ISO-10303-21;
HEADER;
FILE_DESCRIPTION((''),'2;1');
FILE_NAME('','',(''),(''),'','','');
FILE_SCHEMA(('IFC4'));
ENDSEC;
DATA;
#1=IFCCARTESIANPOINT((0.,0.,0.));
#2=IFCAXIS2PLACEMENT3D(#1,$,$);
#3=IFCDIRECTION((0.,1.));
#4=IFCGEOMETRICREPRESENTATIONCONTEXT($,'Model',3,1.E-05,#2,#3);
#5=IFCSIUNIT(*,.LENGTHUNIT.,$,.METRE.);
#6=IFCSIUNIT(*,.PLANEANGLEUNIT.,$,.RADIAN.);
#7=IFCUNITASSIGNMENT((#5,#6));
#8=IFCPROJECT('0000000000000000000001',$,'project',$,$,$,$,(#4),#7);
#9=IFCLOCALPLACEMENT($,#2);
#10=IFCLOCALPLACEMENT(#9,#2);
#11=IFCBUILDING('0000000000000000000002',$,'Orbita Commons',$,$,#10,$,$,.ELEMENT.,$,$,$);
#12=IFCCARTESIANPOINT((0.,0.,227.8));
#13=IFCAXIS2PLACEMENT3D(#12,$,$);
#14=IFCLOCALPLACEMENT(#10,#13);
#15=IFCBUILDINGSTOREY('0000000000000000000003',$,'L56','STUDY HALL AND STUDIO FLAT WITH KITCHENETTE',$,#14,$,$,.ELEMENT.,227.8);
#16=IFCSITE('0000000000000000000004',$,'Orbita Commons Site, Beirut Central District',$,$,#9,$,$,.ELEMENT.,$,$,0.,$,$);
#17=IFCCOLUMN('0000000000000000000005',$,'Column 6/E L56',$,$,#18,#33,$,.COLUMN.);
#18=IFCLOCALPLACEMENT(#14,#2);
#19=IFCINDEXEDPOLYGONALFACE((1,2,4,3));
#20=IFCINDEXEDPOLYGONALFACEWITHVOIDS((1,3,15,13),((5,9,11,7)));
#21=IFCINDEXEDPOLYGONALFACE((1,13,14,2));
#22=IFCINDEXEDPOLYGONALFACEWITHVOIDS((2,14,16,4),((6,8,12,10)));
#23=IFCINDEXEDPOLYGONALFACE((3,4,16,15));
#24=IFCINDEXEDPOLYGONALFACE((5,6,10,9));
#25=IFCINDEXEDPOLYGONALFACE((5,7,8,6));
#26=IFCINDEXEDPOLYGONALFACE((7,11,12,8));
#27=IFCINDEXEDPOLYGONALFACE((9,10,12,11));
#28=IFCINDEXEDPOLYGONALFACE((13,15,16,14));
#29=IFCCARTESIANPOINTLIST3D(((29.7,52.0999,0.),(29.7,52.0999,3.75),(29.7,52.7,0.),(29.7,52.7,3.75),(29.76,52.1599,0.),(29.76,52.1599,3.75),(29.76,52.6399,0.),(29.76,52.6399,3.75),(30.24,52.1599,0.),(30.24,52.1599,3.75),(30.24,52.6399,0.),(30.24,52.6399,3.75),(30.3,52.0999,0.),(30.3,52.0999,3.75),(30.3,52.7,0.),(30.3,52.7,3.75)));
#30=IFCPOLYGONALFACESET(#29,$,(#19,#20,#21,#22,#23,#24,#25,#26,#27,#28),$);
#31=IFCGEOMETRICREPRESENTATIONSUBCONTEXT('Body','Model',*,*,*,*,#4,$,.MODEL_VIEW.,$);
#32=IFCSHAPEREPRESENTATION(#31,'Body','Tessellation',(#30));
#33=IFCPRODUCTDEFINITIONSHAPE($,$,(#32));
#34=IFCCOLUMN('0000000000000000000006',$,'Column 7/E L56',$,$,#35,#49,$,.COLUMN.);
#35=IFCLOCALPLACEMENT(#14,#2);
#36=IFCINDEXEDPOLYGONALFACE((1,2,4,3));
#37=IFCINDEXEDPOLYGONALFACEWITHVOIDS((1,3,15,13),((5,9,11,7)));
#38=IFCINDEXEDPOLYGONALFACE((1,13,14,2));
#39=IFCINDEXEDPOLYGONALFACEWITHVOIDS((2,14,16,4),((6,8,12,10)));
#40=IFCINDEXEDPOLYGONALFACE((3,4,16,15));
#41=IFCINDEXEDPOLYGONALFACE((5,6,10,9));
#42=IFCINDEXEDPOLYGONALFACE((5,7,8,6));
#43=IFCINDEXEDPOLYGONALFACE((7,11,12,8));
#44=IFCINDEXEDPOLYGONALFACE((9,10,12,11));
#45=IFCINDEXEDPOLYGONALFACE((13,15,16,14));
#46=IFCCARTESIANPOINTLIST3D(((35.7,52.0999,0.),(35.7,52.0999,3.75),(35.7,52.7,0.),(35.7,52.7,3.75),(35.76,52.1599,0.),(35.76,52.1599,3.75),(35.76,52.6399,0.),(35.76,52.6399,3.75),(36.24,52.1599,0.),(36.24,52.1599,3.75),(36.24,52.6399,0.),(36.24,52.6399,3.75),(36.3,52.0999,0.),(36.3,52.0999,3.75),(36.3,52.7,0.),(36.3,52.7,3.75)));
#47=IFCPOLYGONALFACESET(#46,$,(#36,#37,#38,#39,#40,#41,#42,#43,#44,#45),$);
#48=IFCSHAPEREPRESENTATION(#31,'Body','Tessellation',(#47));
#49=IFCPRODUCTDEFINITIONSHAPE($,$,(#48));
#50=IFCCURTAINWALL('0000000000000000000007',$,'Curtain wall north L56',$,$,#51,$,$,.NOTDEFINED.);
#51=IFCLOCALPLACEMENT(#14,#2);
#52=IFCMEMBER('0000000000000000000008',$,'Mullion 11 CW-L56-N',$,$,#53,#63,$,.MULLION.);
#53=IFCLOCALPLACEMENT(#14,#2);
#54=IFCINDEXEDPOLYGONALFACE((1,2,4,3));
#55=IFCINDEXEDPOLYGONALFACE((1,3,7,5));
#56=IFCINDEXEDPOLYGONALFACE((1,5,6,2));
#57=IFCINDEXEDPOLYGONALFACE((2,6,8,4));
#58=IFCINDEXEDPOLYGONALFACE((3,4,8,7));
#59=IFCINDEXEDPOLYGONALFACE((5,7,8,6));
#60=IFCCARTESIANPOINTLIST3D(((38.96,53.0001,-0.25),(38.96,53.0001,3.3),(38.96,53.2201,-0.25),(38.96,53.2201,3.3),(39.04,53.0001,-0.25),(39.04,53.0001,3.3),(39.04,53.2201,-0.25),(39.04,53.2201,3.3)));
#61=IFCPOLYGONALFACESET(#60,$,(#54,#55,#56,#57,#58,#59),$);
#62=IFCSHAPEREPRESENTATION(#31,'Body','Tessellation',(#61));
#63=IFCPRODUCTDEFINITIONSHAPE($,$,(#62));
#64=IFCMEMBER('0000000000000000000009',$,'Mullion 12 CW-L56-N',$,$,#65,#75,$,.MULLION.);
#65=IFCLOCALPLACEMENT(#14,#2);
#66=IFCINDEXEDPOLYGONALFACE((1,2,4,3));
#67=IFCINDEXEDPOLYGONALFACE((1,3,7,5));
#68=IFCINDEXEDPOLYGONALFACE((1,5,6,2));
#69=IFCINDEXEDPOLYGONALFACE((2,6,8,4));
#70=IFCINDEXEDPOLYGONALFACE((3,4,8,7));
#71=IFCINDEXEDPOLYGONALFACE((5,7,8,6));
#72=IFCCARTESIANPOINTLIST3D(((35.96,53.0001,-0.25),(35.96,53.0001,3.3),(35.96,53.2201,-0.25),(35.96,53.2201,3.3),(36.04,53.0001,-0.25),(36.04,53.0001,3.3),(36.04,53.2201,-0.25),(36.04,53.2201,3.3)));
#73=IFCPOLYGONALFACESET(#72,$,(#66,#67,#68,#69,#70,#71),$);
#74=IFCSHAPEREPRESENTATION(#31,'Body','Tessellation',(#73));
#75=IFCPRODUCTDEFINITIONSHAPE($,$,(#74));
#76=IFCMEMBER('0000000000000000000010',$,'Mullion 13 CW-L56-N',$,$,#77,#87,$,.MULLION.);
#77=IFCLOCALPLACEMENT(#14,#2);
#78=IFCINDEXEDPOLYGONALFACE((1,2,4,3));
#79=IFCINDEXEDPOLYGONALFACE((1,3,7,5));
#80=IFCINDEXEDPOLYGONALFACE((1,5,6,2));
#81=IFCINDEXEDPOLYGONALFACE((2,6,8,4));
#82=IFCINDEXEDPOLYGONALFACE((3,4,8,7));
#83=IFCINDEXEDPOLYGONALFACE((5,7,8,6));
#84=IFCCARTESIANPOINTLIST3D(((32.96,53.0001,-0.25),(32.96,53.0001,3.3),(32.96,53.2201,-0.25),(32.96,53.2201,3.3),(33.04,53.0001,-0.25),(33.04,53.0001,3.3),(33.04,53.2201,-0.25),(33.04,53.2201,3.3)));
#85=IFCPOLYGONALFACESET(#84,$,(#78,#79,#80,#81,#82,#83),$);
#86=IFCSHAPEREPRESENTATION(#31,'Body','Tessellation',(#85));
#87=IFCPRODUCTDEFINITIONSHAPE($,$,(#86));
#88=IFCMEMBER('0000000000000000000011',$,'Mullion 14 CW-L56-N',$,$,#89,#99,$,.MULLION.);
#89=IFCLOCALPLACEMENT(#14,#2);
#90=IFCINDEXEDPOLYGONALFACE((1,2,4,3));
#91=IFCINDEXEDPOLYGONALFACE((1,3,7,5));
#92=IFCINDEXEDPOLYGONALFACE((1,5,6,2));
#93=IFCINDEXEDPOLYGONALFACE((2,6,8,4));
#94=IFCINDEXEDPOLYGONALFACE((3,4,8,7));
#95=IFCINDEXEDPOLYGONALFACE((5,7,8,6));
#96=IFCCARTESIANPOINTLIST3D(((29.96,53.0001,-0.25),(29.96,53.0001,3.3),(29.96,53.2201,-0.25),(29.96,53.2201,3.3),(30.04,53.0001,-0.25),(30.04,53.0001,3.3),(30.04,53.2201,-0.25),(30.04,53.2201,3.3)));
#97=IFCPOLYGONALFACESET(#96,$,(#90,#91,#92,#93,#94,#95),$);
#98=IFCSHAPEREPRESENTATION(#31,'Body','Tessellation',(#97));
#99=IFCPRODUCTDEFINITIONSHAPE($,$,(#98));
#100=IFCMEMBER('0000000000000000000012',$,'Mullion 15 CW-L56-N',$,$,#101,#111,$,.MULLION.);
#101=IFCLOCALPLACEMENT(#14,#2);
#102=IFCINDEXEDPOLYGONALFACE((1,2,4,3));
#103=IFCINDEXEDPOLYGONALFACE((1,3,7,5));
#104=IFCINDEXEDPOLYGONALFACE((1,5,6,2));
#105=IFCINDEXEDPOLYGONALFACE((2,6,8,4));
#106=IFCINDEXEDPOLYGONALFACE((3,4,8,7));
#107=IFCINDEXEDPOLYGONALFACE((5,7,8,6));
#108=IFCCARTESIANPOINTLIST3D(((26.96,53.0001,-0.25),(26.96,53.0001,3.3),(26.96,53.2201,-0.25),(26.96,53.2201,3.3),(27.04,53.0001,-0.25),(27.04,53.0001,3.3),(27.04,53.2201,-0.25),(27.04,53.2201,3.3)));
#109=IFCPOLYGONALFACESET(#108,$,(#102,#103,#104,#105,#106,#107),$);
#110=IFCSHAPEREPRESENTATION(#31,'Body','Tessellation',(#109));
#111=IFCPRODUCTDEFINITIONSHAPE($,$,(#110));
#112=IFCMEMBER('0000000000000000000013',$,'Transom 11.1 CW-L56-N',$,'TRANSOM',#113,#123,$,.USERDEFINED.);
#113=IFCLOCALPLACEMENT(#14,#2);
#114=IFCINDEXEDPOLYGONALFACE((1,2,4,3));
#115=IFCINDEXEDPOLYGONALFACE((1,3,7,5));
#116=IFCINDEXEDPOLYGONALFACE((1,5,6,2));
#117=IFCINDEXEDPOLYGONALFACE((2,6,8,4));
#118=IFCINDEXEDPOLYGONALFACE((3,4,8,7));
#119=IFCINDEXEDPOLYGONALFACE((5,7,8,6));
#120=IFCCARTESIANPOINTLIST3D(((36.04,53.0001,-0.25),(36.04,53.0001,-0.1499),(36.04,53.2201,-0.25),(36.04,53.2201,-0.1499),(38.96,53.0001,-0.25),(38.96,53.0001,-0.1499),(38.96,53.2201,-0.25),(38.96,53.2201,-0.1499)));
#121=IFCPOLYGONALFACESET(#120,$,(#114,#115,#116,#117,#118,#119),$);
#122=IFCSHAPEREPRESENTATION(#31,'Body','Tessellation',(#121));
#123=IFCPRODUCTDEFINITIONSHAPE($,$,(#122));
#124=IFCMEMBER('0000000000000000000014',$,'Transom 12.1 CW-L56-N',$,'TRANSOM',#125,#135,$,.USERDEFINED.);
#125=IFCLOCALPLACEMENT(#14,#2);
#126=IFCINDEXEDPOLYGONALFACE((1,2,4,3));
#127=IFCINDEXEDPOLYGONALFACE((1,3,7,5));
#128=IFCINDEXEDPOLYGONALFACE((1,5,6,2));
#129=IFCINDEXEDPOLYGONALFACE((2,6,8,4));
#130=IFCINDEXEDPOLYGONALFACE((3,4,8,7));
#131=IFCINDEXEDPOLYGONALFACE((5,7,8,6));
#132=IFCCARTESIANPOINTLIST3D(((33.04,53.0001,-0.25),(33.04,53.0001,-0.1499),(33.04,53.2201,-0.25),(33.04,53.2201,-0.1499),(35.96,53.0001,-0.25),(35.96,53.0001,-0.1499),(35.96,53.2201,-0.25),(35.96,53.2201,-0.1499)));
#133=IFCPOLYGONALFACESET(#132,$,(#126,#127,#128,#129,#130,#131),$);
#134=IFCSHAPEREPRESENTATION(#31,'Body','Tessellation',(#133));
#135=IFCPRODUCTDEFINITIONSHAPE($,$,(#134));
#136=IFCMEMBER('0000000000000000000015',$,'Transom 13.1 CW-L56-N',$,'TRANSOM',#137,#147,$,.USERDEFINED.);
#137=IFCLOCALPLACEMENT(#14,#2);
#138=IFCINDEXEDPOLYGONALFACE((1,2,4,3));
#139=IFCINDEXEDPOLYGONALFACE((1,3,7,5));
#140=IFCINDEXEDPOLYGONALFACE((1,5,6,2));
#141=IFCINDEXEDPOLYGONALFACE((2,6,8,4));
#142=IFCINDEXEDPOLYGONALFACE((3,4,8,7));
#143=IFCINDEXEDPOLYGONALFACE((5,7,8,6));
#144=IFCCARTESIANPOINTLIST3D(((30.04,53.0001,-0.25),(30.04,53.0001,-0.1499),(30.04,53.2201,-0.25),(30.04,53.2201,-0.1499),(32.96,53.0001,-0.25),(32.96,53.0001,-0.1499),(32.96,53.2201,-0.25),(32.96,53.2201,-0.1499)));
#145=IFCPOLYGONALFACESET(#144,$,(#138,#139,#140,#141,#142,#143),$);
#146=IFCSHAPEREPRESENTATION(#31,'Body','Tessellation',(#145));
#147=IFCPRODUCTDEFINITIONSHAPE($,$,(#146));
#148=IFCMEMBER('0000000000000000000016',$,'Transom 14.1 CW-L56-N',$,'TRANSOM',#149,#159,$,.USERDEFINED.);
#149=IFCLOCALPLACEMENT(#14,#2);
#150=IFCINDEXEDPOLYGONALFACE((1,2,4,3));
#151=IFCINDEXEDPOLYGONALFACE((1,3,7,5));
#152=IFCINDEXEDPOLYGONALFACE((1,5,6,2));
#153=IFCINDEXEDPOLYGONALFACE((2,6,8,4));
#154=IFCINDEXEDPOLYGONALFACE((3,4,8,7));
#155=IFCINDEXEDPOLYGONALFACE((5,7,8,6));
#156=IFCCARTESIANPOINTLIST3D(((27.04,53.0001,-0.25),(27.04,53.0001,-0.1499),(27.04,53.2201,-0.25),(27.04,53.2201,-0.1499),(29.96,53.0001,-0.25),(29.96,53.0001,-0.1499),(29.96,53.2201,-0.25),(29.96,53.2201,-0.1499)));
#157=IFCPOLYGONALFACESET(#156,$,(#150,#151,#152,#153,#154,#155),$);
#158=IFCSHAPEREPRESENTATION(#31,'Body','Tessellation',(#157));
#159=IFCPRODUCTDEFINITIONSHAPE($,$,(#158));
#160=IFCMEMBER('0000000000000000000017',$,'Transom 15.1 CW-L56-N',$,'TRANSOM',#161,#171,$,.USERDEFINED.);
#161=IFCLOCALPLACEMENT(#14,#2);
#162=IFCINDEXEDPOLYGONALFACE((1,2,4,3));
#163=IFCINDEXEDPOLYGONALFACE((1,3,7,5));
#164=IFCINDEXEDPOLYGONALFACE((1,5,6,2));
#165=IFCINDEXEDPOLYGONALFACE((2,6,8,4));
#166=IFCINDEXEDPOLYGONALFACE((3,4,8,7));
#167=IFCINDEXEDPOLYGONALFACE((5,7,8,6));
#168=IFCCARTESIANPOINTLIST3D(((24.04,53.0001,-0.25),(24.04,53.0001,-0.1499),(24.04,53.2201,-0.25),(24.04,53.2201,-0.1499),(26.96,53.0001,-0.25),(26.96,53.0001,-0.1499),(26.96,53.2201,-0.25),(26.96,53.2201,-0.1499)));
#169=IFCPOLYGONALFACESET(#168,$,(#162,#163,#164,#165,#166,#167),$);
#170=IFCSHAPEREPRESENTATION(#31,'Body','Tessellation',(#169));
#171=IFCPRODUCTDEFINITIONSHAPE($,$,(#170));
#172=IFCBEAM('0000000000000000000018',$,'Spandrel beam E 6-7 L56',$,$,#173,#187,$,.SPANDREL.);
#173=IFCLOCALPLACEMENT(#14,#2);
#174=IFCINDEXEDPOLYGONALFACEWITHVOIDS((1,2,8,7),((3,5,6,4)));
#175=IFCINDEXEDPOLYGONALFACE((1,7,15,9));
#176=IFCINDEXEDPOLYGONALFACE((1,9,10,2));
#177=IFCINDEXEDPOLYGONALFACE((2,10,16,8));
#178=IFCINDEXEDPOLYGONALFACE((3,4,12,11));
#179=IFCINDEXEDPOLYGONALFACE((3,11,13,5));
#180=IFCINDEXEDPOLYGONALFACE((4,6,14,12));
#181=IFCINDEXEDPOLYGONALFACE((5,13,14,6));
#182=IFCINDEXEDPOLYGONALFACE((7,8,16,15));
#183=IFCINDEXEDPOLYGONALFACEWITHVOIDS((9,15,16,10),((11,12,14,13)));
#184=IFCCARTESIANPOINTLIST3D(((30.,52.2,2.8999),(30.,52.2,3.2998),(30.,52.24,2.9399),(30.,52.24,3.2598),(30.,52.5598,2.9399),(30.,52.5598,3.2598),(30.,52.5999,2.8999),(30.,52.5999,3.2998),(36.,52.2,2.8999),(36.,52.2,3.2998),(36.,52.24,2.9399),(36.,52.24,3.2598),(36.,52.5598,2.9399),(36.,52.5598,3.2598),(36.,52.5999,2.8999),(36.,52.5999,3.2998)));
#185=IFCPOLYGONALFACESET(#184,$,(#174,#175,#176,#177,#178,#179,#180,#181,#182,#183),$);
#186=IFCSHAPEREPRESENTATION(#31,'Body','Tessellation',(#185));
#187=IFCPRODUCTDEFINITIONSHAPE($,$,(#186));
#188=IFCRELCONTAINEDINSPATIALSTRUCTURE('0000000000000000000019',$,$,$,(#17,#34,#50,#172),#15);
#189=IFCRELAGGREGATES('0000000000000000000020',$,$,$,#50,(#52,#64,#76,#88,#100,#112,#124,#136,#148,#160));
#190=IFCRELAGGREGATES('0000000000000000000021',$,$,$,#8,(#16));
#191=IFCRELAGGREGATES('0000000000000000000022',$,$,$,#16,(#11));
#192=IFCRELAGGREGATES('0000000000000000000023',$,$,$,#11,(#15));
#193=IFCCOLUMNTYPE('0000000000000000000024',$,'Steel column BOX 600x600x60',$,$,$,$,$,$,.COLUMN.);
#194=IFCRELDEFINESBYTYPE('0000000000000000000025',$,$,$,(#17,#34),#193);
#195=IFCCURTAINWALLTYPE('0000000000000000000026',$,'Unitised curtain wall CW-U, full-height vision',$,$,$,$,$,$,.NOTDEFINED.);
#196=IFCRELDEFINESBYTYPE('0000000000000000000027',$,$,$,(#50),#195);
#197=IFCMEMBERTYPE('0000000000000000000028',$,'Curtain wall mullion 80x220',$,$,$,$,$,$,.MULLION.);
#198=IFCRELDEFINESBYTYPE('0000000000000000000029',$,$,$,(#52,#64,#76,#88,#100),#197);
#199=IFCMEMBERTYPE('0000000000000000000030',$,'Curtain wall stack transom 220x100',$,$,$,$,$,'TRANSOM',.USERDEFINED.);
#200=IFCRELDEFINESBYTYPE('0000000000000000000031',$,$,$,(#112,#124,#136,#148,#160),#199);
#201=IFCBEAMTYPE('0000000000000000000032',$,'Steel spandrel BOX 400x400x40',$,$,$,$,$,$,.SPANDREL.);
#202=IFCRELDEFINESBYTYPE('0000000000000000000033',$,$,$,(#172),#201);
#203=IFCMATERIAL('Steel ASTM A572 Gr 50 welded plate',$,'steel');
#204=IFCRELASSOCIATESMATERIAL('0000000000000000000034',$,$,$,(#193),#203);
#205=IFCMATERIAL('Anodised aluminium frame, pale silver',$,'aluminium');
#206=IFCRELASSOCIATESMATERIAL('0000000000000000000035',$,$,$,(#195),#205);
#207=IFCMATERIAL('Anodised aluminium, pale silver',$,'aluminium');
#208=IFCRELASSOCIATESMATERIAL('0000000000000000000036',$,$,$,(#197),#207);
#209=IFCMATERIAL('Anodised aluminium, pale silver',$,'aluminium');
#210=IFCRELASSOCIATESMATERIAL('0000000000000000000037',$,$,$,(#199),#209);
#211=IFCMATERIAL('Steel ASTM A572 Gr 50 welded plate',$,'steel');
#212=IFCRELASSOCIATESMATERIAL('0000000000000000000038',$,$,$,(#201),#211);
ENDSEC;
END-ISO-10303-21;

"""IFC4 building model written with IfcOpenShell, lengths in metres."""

from ifc_helpers import new_model, si_unit, direction, frame, origin, origin_2d, place, context, subcontext, project, spatial, rectangle, hollow_rectangle, extrude, material, material_profile, profile_set, type_object, element, aggregate, save


model = new_model("IFC4")

# Units and contexts
model_context = context("Model", 3, precision=1e-05, world=origin(), true_north=direction((0.0, 1.0)))
body_context = subcontext(model_context, "Body", "Model", "MODEL_VIEW")
ifc_project = project(units=[si_unit("LENGTHUNIT", "METRE"), si_unit("PLANEANGLEUNIT", "RADIAN")], contexts=[model_context])

# Site, building, storey
site_placement = place(None, origin())
site = spatial("IfcSite", under=ifc_project, at=site_placement, Name="Orbita Commons Site, Beirut Central District", CompositionType="ELEMENT", RefElevation=0.0)
building_placement = place(site_placement, origin())
building = spatial("IfcBuilding", under=site, at=building_placement, Name="Orbita Commons", CompositionType="ELEMENT")
storey_placement = place(building_placement, frame((0.0, 0.0, 227.8)))
storey = spatial("IfcBuildingStorey", under=building, at=storey_placement, Name="L56", Description="STUDY HALL AND STUDIO FLAT WITH KITCHENETTE", CompositionType="ELEMENT", Elevation=227.8)

# Columns
ifc_material_1 = material(Name="Steel ASTM A572 Gr 50 welded plate", Category="steel")
ifc_material_profile_1 = material_profile(ifc_material_1, hollow_rectangle(XDim=0.6001, YDim=0.6001, WallThickness=0.0601, at=origin_2d()), Name="BOX 600x600x60")
ifc_profile_set_1 = profile_set([ifc_material_profile_1], Name="Steel ASTM A572 Gr 50 welded plate")
column_type = type_object("IfcColumnType", Name="Steel column BOX 600x600x60", PredefinedType="COLUMN", material=ifc_profile_set_1)
for number, where, z_axis, x_axis, name in (
    (1, (30.0, 52.3999, 0.0), (0.0, 0.0, 1.0), (1.0, 0.0, 0.0), "Column 6/E L56"),
    (2, (36.0, 52.3999, 0.0), (0.0, 0.0, 1.0), (1.0, 0.0, 0.0), "Column 7/E L56"),
):
    element("IfcColumn", number, at=place(storey_placement, frame(where, z_axis=z_axis, x_axis=x_axis)), inside=storey, type_object=column_type, Name=name, PredefinedType="COLUMN", context=body_context, shape_type="SweptSolid", body=[
        extrude(hollow_rectangle(XDim=0.6001, YDim=0.6001, WallThickness=0.0601, at=origin_2d()), origin(), (0.0, 0.0, 1.0), 3.75),
    ])

# Curtain wall, members
ifc_material_2 = material(Name="Anodised aluminium frame, pale silver", Category="aluminium")
curtain_wall_type = type_object("IfcCurtainWallType", Name="Unitised curtain wall CW-U, full-height vision", PredefinedType="NOTDEFINED", material=ifc_material_2)
curtain_wall_placement = place(storey_placement, origin())
curtain_wall = element("IfcCurtainWall", 3, at=curtain_wall_placement, inside=storey, type_object=curtain_wall_type, Name="Curtain wall north L56", PredefinedType="NOTDEFINED")
ifc_material_3 = material(Name="Anodised aluminium, pale silver", Category="aluminium")
ifc_material_profile_2 = material_profile(ifc_material_3, rectangle(XDim=0.0801, YDim=0.22, at=origin_2d()), Name="AL 80x220")
ifc_profile_set_2 = profile_set([ifc_material_profile_2], Name="Anodised aluminium, pale silver")
member_type_1 = type_object("IfcMemberType", Name="Curtain wall mullion 80x220", PredefinedType="MULLION", material=ifc_profile_set_2)
member_1_placement = place(storey_placement, frame((39.0, 53.1101, -0.25), z_axis=(0.0, 0.0, 1.0), x_axis=(-1.0, 0.0, 0.0)))
member_1 = element("IfcMember", 4, at=member_1_placement, type_object=member_type_1, Name="Mullion 11 CW-L56-N", PredefinedType="MULLION", context=body_context, shape_type="SweptSolid", body=[
    extrude(rectangle(XDim=0.0801, YDim=0.22, at=origin_2d()), origin(), (0.0, 0.0, 1.0), 3.55),
])
member_2_placement = place(storey_placement, frame((36.0, 53.1101, -0.25), z_axis=(0.0, 0.0, 1.0), x_axis=(-1.0, 0.0, 0.0)))
member_2 = element("IfcMember", 5, at=member_2_placement, type_object=member_type_1, Name="Mullion 12 CW-L56-N", PredefinedType="MULLION", context=body_context, shape_type="SweptSolid", body=[
    extrude(rectangle(XDim=0.0801, YDim=0.22, at=origin_2d()), origin(), (0.0, 0.0, 1.0), 3.55),
])
member_3_placement = place(storey_placement, frame((33.0, 53.1101, -0.25), z_axis=(0.0, 0.0, 1.0), x_axis=(-1.0, 0.0, 0.0)))
member_3 = element("IfcMember", 6, at=member_3_placement, type_object=member_type_1, Name="Mullion 13 CW-L56-N", PredefinedType="MULLION", context=body_context, shape_type="SweptSolid", body=[
    extrude(rectangle(XDim=0.0801, YDim=0.22, at=origin_2d()), origin(), (0.0, 0.0, 1.0), 3.55),
])
member_4_placement = place(storey_placement, frame((30.0, 53.1101, -0.25), z_axis=(0.0, 0.0, 1.0), x_axis=(-1.0, 0.0, 0.0)))
member_4 = element("IfcMember", 7, at=member_4_placement, type_object=member_type_1, Name="Mullion 14 CW-L56-N", PredefinedType="MULLION", context=body_context, shape_type="SweptSolid", body=[
    extrude(rectangle(XDim=0.0801, YDim=0.22, at=origin_2d()), origin(), (0.0, 0.0, 1.0), 3.55),
])
member_5_placement = place(storey_placement, frame((27.0, 53.1101, -0.25), z_axis=(0.0, 0.0, 1.0), x_axis=(-1.0, 0.0, 0.0)))
member_5 = element("IfcMember", 8, at=member_5_placement, type_object=member_type_1, Name="Mullion 15 CW-L56-N", PredefinedType="MULLION", context=body_context, shape_type="SweptSolid", body=[
    extrude(rectangle(XDim=0.0801, YDim=0.22, at=origin_2d()), origin(), (0.0, 0.0, 1.0), 3.55),
])
ifc_material_4 = material(Name="Anodised aluminium, pale silver", Category="aluminium")
ifc_material_profile_3 = material_profile(ifc_material_4, rectangle(XDim=0.22, YDim=0.1001, at=origin_2d()), Name="AL 220x100")
ifc_profile_set_3 = profile_set([ifc_material_profile_3], Name="Anodised aluminium, pale silver")
member_type_2 = type_object("IfcMemberType", Name="Curtain wall stack transom 220x100", ElementType="TRANSOM", PredefinedType="USERDEFINED", material=ifc_profile_set_3)
member_6_placement = place(storey_placement, frame((38.96, 53.1101, -0.2), z_axis=(-1.0, 0.0, 0.0), x_axis=(0.0, -1.0, 0.0)))
member_6 = element("IfcMember", 9, at=member_6_placement, type_object=member_type_2, Name="Transom 11.1 CW-L56-N", ObjectType="TRANSOM", PredefinedType="USERDEFINED", context=body_context, shape_type="SweptSolid", body=[
    extrude(rectangle(XDim=0.22, YDim=0.1001, at=origin_2d()), origin(), (0.0, 0.0, 1.0), 2.9199),
])
member_7_placement = place(storey_placement, frame((35.96, 53.1101, -0.2), z_axis=(-1.0, 0.0, 0.0), x_axis=(0.0, -1.0, 0.0)))
member_7 = element("IfcMember", 10, at=member_7_placement, type_object=member_type_2, Name="Transom 12.1 CW-L56-N", ObjectType="TRANSOM", PredefinedType="USERDEFINED", context=body_context, shape_type="SweptSolid", body=[
    extrude(rectangle(XDim=0.22, YDim=0.1001, at=origin_2d()), origin(), (0.0, 0.0, 1.0), 2.9199),
])
member_8_placement = place(storey_placement, frame((32.96, 53.1101, -0.2), z_axis=(-1.0, 0.0, 0.0), x_axis=(0.0, -1.0, 0.0)))
member_8 = element("IfcMember", 11, at=member_8_placement, type_object=member_type_2, Name="Transom 13.1 CW-L56-N", ObjectType="TRANSOM", PredefinedType="USERDEFINED", context=body_context, shape_type="SweptSolid", body=[
    extrude(rectangle(XDim=0.22, YDim=0.1001, at=origin_2d()), origin(), (0.0, 0.0, 1.0), 2.9199),
])
member_9_placement = place(storey_placement, frame((29.96, 53.1101, -0.2), z_axis=(-1.0, 0.0, 0.0), x_axis=(0.0, -1.0, 0.0)))
member_9 = element("IfcMember", 12, at=member_9_placement, type_object=member_type_2, Name="Transom 14.1 CW-L56-N", ObjectType="TRANSOM", PredefinedType="USERDEFINED", context=body_context, shape_type="SweptSolid", body=[
    extrude(rectangle(XDim=0.22, YDim=0.1001, at=origin_2d()), origin(), (0.0, 0.0, 1.0), 2.9199),
])
member_10_placement = place(storey_placement, frame((26.96, 53.1101, -0.2), z_axis=(-1.0, 0.0, 0.0), x_axis=(0.0, -1.0, 0.0)))
member_10 = element("IfcMember", 13, at=member_10_placement, type_object=member_type_2, Name="Transom 15.1 CW-L56-N", ObjectType="TRANSOM", PredefinedType="USERDEFINED", context=body_context, shape_type="SweptSolid", body=[
    extrude(rectangle(XDim=0.22, YDim=0.1001, at=origin_2d()), origin(), (0.0, 0.0, 1.0), 2.9199),
])

# Beam
ifc_material_5 = material(Name="Steel ASTM A572 Gr 50 welded plate", Category="steel")
ifc_material_profile_4 = material_profile(ifc_material_5, hollow_rectangle(XDim=0.3999, YDim=0.3999, WallThickness=0.04, at=origin_2d()), Name="BOX 400x400x40")
ifc_profile_set_4 = profile_set([ifc_material_profile_4], Name="Steel ASTM A572 Gr 50 welded plate")
beam_type = type_object("IfcBeamType", Name="Steel spandrel BOX 400x400x40", PredefinedType="SPANDREL", material=ifc_profile_set_4)
for number, where, z_axis, x_axis, name in (
    (14, (30.0, 52.3999, 3.0999), (1.0, 0.0, 0.0), (0.0, 1.0, 0.0), "Spandrel beam E 6-7 L56"),
):
    element("IfcBeam", number, at=place(storey_placement, frame(where, z_axis=z_axis, x_axis=x_axis)), inside=storey, type_object=beam_type, Name=name, PredefinedType="SPANDREL", context=body_context, shape_type="SweptSolid", body=[
        extrude(hollow_rectangle(XDim=0.3999, YDim=0.3999, WallThickness=0.04, at=origin_2d()), origin(), (0.0, 0.0, 1.0), 6.0),
    ])

aggregate(curtain_wall, [member_1, member_2, member_3, member_4, member_5, member_6, member_7, member_8, member_9, member_10])

save(model, "model.ifc")
